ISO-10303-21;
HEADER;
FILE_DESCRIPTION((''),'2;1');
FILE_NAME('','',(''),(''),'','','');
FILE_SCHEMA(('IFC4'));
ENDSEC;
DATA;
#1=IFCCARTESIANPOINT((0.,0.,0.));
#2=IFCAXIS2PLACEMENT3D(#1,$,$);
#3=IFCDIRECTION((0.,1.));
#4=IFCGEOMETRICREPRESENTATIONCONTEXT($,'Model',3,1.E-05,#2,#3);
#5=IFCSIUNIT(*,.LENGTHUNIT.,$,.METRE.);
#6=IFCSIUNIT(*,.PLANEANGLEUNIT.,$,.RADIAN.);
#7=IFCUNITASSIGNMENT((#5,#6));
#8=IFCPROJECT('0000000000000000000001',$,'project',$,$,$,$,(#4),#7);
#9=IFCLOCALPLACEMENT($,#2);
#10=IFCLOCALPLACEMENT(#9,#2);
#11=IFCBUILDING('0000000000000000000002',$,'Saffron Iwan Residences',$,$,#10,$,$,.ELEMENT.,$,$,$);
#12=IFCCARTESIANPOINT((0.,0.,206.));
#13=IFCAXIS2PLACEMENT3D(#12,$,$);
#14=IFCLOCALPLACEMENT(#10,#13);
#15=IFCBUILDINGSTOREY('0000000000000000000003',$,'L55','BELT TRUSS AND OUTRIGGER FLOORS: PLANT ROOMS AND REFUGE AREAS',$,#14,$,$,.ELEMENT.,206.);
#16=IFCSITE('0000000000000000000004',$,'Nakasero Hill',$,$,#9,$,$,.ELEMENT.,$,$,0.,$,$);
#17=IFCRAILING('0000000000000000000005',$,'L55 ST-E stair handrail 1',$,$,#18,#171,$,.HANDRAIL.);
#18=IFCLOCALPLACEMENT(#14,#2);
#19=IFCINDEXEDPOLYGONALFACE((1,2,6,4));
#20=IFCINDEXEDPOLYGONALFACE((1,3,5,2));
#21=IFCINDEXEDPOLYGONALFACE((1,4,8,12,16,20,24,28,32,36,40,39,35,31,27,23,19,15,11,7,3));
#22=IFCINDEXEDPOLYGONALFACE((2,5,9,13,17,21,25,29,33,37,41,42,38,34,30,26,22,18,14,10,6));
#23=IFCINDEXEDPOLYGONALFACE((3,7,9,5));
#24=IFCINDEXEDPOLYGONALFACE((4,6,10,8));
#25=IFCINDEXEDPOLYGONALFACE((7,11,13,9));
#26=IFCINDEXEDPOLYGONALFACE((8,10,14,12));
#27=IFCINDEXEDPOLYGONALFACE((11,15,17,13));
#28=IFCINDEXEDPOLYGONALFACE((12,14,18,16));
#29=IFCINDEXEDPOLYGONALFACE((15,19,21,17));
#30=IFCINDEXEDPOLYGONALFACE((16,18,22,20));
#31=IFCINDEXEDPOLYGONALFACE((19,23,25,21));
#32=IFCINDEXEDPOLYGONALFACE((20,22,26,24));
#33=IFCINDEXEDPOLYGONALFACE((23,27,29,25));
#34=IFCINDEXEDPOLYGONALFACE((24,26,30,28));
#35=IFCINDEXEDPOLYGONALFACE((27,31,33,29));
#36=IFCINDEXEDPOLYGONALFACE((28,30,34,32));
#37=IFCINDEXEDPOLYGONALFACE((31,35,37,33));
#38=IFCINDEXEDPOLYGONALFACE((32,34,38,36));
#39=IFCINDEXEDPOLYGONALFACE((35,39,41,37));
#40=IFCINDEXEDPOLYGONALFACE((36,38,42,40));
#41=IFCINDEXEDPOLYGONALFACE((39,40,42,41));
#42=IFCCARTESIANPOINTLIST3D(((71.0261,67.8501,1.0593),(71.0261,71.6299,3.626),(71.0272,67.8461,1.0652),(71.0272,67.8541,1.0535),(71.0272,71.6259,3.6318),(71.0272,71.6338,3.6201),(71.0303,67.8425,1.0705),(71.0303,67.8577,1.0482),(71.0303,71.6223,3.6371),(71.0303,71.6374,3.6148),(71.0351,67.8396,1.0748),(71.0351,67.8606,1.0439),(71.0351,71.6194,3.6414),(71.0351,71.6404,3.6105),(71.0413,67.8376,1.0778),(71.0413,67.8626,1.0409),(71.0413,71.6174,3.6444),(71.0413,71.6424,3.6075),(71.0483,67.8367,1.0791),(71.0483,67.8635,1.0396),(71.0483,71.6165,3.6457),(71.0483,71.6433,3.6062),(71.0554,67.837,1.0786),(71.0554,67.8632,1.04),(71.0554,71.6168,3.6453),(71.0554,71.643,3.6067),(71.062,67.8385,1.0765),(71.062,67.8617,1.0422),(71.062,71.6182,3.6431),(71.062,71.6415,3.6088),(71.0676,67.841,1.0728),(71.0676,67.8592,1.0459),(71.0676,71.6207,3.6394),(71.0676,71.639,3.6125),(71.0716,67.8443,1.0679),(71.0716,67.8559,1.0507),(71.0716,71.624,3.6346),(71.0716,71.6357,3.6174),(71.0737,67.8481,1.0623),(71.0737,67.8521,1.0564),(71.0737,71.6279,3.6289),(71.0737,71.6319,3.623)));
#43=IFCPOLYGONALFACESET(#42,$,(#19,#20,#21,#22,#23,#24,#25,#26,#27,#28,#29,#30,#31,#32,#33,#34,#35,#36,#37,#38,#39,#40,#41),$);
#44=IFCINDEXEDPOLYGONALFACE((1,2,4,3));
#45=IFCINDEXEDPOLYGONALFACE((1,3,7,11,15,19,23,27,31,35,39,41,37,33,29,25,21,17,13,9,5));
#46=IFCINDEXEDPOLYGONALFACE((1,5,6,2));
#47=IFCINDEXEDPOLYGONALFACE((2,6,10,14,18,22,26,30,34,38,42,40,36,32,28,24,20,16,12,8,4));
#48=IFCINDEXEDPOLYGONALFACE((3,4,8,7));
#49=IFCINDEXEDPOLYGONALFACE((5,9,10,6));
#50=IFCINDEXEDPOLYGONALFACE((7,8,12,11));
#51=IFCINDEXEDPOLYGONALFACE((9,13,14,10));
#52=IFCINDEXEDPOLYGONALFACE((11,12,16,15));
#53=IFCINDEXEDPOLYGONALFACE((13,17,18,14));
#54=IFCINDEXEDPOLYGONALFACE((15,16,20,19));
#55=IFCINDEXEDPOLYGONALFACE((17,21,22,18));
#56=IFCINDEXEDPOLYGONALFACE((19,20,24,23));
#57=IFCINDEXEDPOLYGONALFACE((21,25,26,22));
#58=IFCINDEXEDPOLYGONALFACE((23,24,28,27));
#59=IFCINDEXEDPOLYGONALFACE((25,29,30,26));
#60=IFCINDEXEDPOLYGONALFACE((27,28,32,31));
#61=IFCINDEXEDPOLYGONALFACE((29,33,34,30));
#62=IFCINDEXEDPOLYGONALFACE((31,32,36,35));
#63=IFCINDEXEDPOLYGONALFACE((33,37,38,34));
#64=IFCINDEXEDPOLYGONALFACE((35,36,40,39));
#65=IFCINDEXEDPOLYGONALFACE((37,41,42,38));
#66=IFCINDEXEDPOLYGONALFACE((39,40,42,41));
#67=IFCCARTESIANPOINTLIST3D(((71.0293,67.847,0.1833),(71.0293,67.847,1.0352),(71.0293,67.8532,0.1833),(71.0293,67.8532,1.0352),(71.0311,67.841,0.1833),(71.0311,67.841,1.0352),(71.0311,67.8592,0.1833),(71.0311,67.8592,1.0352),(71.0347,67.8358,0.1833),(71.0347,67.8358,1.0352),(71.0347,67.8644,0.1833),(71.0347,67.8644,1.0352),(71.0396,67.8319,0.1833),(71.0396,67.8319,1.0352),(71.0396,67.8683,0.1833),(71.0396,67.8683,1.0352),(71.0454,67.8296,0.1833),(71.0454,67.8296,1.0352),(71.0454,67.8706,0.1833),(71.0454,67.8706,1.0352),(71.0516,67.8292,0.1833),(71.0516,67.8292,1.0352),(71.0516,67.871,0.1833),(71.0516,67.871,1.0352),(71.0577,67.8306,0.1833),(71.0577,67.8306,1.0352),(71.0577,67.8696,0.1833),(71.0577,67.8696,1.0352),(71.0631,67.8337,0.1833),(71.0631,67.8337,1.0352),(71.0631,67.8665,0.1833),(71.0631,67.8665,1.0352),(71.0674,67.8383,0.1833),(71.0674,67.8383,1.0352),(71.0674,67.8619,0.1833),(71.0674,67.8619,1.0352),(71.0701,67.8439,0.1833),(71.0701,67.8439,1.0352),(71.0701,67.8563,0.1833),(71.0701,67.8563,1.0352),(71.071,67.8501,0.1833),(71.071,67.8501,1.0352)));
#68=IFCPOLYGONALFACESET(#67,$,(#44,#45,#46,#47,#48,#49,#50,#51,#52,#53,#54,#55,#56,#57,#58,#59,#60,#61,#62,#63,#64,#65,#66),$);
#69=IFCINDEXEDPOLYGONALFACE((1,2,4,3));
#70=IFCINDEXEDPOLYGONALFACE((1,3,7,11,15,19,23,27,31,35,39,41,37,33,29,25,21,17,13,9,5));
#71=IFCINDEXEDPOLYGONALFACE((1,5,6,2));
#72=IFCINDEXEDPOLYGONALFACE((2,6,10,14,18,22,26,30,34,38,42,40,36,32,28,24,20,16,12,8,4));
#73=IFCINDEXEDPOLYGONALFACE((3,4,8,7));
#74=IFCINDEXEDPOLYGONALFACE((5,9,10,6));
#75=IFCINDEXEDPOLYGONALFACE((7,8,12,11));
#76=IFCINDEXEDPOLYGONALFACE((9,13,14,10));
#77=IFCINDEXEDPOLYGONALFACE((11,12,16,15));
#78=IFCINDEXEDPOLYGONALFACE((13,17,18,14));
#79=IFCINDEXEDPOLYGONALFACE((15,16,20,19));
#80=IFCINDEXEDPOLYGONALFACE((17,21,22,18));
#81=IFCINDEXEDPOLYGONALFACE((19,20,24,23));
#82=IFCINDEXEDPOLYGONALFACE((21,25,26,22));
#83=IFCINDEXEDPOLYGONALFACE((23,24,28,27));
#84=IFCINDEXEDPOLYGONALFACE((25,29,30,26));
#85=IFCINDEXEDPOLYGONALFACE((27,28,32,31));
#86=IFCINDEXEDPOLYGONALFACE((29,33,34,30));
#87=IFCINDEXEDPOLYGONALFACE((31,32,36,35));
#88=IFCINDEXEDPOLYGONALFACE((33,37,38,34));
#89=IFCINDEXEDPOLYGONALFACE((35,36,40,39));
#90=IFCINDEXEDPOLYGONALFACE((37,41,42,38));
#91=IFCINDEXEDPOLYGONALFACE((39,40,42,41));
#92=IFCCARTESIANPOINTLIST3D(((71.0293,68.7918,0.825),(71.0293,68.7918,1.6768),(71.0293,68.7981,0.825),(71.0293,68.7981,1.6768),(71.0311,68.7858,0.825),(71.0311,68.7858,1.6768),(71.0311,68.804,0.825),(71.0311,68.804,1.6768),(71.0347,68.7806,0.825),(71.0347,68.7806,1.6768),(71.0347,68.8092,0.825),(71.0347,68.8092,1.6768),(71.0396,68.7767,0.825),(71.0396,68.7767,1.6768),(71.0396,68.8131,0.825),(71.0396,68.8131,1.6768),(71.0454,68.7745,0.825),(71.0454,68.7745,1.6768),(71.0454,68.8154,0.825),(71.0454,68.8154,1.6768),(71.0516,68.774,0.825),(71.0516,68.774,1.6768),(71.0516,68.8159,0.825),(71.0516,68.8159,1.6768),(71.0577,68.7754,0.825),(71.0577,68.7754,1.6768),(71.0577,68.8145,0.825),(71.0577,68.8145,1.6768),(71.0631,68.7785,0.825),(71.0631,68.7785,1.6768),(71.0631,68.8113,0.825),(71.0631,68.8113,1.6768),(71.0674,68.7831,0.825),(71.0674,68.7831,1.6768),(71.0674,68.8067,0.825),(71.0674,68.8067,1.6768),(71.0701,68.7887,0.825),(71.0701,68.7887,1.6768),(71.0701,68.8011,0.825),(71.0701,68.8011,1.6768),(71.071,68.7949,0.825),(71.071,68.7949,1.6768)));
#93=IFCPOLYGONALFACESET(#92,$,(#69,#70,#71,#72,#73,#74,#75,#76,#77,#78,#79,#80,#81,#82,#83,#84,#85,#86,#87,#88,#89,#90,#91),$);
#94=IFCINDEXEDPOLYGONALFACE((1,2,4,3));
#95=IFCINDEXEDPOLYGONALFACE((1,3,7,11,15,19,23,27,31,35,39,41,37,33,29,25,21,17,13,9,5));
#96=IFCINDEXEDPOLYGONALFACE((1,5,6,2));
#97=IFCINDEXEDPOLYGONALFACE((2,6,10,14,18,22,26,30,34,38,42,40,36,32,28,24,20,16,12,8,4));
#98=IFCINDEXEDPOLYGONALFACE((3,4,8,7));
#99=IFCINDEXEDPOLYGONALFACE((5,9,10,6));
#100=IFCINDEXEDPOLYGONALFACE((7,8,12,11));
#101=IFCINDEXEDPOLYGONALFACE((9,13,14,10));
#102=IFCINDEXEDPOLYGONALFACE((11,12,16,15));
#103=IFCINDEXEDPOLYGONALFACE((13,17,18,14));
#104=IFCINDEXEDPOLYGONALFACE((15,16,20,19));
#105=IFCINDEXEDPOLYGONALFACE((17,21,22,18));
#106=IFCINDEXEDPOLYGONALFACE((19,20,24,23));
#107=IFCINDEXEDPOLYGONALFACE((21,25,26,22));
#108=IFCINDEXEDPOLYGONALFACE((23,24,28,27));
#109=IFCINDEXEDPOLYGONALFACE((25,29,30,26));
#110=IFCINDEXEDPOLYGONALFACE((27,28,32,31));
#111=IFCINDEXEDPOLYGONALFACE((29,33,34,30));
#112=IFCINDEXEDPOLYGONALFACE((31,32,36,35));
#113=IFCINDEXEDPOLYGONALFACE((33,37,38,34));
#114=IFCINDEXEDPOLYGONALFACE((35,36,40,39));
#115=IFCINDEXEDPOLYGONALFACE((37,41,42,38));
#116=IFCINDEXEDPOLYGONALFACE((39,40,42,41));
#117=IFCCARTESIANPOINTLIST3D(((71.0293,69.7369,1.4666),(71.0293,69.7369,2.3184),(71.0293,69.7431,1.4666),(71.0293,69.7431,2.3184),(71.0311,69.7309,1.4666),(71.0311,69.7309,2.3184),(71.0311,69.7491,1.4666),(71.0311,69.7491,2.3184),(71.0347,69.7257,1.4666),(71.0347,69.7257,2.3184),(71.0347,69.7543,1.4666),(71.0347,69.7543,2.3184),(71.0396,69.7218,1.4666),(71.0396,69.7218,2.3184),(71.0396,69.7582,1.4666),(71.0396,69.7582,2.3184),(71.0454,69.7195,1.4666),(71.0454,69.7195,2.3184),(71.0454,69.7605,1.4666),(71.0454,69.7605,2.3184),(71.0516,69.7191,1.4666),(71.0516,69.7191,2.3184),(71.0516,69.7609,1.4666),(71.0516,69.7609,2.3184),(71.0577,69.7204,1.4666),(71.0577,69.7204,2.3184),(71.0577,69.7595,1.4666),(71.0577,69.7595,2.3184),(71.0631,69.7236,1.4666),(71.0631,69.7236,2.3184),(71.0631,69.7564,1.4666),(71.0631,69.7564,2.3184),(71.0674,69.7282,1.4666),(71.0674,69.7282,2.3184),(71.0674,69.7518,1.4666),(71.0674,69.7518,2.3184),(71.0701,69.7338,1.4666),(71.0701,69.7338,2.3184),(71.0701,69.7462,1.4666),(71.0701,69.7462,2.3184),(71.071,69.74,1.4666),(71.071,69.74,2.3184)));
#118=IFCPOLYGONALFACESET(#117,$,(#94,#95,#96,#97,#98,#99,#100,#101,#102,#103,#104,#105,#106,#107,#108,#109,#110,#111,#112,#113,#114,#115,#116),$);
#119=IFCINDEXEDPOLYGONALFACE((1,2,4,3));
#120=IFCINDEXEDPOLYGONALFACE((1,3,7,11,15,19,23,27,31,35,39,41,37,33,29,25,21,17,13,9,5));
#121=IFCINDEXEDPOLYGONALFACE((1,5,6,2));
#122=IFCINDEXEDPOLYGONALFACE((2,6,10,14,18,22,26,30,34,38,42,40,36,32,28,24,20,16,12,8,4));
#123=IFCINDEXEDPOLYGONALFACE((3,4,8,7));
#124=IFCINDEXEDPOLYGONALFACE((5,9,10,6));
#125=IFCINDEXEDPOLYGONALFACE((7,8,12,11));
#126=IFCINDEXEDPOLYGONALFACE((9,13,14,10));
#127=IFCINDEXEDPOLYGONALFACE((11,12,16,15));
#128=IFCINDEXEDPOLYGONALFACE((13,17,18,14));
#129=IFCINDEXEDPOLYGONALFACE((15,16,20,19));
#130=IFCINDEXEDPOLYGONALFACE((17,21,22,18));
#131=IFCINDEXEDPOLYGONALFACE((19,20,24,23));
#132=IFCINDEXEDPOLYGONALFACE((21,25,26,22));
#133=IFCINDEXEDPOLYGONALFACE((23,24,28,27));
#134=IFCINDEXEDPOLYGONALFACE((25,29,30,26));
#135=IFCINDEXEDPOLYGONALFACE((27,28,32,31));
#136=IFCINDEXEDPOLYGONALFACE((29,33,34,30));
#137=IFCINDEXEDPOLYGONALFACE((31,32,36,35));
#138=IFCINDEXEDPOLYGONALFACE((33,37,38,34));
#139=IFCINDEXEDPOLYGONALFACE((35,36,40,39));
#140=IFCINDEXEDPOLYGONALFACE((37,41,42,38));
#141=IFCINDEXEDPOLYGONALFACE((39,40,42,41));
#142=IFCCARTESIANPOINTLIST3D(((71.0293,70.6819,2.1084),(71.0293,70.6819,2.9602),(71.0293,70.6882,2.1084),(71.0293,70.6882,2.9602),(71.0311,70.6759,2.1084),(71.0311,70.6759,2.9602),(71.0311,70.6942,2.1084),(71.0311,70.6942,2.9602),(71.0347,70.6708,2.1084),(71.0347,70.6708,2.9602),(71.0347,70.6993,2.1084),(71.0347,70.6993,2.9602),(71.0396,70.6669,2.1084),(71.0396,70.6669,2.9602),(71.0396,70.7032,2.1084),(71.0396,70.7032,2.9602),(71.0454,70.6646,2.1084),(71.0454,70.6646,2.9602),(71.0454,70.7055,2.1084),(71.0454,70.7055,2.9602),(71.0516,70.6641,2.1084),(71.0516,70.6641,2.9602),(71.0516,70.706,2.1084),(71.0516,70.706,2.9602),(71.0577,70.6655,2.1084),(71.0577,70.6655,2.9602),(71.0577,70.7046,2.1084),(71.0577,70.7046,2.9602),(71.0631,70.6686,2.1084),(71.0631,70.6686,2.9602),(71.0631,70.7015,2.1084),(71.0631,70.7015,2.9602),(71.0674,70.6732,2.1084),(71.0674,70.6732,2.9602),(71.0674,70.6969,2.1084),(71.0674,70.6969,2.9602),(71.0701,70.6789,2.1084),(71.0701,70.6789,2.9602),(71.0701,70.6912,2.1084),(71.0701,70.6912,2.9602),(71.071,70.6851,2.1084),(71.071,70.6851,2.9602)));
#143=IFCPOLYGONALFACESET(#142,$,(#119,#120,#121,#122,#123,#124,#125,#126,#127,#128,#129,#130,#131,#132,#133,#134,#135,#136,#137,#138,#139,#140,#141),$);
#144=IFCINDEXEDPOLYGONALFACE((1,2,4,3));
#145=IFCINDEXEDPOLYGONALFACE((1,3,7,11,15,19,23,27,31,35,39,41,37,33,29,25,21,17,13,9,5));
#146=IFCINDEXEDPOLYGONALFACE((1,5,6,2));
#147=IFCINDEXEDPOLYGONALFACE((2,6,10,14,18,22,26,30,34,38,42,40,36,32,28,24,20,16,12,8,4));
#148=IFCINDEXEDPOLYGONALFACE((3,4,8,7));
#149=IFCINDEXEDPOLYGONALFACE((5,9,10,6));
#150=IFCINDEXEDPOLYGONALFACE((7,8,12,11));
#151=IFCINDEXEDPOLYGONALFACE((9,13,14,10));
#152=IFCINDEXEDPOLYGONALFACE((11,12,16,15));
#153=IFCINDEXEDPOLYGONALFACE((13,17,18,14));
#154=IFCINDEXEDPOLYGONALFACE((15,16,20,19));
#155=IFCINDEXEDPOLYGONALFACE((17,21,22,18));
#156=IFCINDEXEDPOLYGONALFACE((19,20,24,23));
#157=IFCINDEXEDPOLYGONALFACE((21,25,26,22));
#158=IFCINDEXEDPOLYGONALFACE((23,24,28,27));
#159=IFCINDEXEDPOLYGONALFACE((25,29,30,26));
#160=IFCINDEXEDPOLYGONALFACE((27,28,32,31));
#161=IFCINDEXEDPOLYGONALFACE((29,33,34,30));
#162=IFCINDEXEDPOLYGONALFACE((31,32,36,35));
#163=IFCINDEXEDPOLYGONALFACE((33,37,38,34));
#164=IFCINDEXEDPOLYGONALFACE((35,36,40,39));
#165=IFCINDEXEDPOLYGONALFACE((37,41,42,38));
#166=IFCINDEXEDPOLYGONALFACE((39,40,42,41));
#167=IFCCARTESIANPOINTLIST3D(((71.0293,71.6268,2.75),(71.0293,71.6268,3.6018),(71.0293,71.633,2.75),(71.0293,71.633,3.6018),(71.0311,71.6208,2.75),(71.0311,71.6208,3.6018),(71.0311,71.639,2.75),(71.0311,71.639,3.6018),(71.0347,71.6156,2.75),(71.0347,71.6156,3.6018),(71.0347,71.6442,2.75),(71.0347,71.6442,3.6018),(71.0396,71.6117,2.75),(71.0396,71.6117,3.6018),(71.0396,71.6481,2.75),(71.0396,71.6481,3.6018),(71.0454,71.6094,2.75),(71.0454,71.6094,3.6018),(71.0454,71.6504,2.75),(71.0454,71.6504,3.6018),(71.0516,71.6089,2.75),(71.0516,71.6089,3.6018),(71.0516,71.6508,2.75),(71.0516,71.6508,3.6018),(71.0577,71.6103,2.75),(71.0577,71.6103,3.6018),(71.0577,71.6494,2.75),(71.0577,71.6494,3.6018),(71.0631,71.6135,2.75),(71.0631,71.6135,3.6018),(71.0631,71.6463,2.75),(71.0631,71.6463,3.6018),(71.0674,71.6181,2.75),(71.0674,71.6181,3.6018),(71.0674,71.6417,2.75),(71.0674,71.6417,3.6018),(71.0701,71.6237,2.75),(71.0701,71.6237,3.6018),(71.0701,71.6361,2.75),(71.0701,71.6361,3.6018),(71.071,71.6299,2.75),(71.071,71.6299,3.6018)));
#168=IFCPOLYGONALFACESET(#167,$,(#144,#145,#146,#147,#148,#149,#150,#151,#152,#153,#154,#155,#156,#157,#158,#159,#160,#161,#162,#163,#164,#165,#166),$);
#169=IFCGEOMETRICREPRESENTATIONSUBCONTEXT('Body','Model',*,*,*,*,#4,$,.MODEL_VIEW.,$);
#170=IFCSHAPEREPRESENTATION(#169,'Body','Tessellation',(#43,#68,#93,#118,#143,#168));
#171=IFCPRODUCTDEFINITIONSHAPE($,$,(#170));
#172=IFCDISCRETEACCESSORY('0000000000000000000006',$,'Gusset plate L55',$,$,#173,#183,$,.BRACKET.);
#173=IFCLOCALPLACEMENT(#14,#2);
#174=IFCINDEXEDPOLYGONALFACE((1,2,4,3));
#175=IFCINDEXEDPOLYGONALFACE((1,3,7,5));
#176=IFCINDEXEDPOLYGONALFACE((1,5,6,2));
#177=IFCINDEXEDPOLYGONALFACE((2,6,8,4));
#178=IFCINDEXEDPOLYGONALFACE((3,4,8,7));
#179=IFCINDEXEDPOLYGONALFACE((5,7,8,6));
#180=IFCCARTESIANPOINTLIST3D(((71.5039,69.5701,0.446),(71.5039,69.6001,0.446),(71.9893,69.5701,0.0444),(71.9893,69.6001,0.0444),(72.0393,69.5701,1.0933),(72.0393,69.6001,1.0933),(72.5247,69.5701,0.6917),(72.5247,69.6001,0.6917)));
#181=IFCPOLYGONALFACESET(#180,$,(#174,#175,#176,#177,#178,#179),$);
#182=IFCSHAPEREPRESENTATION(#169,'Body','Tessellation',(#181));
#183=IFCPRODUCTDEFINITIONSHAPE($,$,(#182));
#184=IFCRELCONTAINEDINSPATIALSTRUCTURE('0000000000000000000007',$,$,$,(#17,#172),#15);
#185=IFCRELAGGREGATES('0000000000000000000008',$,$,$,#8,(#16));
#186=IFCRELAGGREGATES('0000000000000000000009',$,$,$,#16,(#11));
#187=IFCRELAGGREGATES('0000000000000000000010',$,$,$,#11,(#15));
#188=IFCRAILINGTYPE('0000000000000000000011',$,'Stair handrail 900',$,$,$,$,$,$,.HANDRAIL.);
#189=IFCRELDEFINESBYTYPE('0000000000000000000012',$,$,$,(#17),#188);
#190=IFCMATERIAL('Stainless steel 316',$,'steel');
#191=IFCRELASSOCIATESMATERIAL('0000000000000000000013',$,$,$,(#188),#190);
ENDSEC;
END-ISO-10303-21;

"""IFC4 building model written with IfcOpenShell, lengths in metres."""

from ifc_helpers import new_model, si_unit, direction, frame, origin, origin_2d, place, context, subcontext, project, spatial, polyline, circle, outline, extrude, material, type_object, element, save


model = new_model("IFC4")

# Units and contexts
model_context = context("Model", 3, precision=1e-05, world=origin(), true_north=direction((0.0, 1.0)))
body_context = subcontext(model_context, "Body", "Model", "MODEL_VIEW")
ifc_project = project(units=[si_unit("LENGTHUNIT", "METRE"), si_unit("PLANEANGLEUNIT", "RADIAN")], contexts=[model_context])

# Site, building, storey
site_placement = place(None, origin())
site = spatial("IfcSite", under=ifc_project, at=site_placement, Name="Nakasero Hill", CompositionType="ELEMENT", RefElevation=0.0)
building_placement = place(site_placement, origin())
building = spatial("IfcBuilding", under=site, at=building_placement, Name="Saffron Iwan Residences", CompositionType="ELEMENT")
storey_placement = place(building_placement, frame((0.0, 0.0, 206.0)))
storey = spatial("IfcBuildingStorey", under=building, at=storey_placement, Name="L55", Description="BELT TRUSS AND OUTRIGGER FLOORS: PLANT ROOMS AND REFUGE AREAS", CompositionType="ELEMENT", Elevation=206.0)

# Railing
ifc_material_1 = material(Name="Stainless steel 316", Category="steel")
railing_type_1 = type_object("IfcRailingType", Name="Stair handrail 900", PredefinedType="HANDRAIL", material=ifc_material_1)
railing_1_placement = place(storey_placement, frame((71.05, 67.8501, 0.1833)))
element("IfcRailing", 1, at=railing_1_placement, inside=storey, type_object=railing_type_1, Name="L55 ST-E stair handrail 1", PredefinedType="HANDRAIL", context=body_context, shape_type="SweptSolid", body=[
    extrude(circle(Radius=0.0239, at=origin_2d()), frame((0.0, 0.0, 0.876), z_axis=(0.0, 0.827293, 0.561771), x_axis=(-1.0, 0.0, 0.0)), (0.0, 0.0, 1.0), 4.5688),
    extrude(circle(Radius=0.021, at=origin_2d()), origin(), (0.0, 0.0, 1.0), 0.8518),
    extrude(circle(Radius=0.021, at=origin_2d()), frame((0.0, 0.9448, 0.6416)), (0.0, 0.0, 1.0), 0.8518),
    extrude(circle(Radius=0.021, at=origin_2d()), frame((0.0, 1.8899, 1.2832)), (0.0, 0.0, 1.0), 0.8518),
    extrude(circle(Radius=0.021, at=origin_2d()), frame((0.0, 2.835, 1.925)), (0.0, 0.0, 1.0), 0.8518),
    extrude(circle(Radius=0.021, at=origin_2d()), frame((0.0, 3.7798, 2.5667)), (0.0, 0.0, 1.0), 0.8518),
])

# Discrete accessory
discrete_accessory_placement = place(storey_placement, frame((71.5039, 69.6001, 0.446), z_axis=(0.0, 1.0, 0.0), x_axis=(0.637407, 0.0, 0.770527)))
element("IfcDiscreteAccessory", 2, at=discrete_accessory_placement, inside=storey, Name="Gusset plate L55", PredefinedType="BRACKET", context=body_context, shape_type="SweptSolid", body=[
    extrude(outline(polyline([(0.0, 0.0), (0.84, 0.0), (0.8399, 0.63), (-0.0001, 0.63), (0.0, 0.0)])), origin(), (0.0, 0.0, -1.0), 0.03),
])

save(model, "model.ifc")
